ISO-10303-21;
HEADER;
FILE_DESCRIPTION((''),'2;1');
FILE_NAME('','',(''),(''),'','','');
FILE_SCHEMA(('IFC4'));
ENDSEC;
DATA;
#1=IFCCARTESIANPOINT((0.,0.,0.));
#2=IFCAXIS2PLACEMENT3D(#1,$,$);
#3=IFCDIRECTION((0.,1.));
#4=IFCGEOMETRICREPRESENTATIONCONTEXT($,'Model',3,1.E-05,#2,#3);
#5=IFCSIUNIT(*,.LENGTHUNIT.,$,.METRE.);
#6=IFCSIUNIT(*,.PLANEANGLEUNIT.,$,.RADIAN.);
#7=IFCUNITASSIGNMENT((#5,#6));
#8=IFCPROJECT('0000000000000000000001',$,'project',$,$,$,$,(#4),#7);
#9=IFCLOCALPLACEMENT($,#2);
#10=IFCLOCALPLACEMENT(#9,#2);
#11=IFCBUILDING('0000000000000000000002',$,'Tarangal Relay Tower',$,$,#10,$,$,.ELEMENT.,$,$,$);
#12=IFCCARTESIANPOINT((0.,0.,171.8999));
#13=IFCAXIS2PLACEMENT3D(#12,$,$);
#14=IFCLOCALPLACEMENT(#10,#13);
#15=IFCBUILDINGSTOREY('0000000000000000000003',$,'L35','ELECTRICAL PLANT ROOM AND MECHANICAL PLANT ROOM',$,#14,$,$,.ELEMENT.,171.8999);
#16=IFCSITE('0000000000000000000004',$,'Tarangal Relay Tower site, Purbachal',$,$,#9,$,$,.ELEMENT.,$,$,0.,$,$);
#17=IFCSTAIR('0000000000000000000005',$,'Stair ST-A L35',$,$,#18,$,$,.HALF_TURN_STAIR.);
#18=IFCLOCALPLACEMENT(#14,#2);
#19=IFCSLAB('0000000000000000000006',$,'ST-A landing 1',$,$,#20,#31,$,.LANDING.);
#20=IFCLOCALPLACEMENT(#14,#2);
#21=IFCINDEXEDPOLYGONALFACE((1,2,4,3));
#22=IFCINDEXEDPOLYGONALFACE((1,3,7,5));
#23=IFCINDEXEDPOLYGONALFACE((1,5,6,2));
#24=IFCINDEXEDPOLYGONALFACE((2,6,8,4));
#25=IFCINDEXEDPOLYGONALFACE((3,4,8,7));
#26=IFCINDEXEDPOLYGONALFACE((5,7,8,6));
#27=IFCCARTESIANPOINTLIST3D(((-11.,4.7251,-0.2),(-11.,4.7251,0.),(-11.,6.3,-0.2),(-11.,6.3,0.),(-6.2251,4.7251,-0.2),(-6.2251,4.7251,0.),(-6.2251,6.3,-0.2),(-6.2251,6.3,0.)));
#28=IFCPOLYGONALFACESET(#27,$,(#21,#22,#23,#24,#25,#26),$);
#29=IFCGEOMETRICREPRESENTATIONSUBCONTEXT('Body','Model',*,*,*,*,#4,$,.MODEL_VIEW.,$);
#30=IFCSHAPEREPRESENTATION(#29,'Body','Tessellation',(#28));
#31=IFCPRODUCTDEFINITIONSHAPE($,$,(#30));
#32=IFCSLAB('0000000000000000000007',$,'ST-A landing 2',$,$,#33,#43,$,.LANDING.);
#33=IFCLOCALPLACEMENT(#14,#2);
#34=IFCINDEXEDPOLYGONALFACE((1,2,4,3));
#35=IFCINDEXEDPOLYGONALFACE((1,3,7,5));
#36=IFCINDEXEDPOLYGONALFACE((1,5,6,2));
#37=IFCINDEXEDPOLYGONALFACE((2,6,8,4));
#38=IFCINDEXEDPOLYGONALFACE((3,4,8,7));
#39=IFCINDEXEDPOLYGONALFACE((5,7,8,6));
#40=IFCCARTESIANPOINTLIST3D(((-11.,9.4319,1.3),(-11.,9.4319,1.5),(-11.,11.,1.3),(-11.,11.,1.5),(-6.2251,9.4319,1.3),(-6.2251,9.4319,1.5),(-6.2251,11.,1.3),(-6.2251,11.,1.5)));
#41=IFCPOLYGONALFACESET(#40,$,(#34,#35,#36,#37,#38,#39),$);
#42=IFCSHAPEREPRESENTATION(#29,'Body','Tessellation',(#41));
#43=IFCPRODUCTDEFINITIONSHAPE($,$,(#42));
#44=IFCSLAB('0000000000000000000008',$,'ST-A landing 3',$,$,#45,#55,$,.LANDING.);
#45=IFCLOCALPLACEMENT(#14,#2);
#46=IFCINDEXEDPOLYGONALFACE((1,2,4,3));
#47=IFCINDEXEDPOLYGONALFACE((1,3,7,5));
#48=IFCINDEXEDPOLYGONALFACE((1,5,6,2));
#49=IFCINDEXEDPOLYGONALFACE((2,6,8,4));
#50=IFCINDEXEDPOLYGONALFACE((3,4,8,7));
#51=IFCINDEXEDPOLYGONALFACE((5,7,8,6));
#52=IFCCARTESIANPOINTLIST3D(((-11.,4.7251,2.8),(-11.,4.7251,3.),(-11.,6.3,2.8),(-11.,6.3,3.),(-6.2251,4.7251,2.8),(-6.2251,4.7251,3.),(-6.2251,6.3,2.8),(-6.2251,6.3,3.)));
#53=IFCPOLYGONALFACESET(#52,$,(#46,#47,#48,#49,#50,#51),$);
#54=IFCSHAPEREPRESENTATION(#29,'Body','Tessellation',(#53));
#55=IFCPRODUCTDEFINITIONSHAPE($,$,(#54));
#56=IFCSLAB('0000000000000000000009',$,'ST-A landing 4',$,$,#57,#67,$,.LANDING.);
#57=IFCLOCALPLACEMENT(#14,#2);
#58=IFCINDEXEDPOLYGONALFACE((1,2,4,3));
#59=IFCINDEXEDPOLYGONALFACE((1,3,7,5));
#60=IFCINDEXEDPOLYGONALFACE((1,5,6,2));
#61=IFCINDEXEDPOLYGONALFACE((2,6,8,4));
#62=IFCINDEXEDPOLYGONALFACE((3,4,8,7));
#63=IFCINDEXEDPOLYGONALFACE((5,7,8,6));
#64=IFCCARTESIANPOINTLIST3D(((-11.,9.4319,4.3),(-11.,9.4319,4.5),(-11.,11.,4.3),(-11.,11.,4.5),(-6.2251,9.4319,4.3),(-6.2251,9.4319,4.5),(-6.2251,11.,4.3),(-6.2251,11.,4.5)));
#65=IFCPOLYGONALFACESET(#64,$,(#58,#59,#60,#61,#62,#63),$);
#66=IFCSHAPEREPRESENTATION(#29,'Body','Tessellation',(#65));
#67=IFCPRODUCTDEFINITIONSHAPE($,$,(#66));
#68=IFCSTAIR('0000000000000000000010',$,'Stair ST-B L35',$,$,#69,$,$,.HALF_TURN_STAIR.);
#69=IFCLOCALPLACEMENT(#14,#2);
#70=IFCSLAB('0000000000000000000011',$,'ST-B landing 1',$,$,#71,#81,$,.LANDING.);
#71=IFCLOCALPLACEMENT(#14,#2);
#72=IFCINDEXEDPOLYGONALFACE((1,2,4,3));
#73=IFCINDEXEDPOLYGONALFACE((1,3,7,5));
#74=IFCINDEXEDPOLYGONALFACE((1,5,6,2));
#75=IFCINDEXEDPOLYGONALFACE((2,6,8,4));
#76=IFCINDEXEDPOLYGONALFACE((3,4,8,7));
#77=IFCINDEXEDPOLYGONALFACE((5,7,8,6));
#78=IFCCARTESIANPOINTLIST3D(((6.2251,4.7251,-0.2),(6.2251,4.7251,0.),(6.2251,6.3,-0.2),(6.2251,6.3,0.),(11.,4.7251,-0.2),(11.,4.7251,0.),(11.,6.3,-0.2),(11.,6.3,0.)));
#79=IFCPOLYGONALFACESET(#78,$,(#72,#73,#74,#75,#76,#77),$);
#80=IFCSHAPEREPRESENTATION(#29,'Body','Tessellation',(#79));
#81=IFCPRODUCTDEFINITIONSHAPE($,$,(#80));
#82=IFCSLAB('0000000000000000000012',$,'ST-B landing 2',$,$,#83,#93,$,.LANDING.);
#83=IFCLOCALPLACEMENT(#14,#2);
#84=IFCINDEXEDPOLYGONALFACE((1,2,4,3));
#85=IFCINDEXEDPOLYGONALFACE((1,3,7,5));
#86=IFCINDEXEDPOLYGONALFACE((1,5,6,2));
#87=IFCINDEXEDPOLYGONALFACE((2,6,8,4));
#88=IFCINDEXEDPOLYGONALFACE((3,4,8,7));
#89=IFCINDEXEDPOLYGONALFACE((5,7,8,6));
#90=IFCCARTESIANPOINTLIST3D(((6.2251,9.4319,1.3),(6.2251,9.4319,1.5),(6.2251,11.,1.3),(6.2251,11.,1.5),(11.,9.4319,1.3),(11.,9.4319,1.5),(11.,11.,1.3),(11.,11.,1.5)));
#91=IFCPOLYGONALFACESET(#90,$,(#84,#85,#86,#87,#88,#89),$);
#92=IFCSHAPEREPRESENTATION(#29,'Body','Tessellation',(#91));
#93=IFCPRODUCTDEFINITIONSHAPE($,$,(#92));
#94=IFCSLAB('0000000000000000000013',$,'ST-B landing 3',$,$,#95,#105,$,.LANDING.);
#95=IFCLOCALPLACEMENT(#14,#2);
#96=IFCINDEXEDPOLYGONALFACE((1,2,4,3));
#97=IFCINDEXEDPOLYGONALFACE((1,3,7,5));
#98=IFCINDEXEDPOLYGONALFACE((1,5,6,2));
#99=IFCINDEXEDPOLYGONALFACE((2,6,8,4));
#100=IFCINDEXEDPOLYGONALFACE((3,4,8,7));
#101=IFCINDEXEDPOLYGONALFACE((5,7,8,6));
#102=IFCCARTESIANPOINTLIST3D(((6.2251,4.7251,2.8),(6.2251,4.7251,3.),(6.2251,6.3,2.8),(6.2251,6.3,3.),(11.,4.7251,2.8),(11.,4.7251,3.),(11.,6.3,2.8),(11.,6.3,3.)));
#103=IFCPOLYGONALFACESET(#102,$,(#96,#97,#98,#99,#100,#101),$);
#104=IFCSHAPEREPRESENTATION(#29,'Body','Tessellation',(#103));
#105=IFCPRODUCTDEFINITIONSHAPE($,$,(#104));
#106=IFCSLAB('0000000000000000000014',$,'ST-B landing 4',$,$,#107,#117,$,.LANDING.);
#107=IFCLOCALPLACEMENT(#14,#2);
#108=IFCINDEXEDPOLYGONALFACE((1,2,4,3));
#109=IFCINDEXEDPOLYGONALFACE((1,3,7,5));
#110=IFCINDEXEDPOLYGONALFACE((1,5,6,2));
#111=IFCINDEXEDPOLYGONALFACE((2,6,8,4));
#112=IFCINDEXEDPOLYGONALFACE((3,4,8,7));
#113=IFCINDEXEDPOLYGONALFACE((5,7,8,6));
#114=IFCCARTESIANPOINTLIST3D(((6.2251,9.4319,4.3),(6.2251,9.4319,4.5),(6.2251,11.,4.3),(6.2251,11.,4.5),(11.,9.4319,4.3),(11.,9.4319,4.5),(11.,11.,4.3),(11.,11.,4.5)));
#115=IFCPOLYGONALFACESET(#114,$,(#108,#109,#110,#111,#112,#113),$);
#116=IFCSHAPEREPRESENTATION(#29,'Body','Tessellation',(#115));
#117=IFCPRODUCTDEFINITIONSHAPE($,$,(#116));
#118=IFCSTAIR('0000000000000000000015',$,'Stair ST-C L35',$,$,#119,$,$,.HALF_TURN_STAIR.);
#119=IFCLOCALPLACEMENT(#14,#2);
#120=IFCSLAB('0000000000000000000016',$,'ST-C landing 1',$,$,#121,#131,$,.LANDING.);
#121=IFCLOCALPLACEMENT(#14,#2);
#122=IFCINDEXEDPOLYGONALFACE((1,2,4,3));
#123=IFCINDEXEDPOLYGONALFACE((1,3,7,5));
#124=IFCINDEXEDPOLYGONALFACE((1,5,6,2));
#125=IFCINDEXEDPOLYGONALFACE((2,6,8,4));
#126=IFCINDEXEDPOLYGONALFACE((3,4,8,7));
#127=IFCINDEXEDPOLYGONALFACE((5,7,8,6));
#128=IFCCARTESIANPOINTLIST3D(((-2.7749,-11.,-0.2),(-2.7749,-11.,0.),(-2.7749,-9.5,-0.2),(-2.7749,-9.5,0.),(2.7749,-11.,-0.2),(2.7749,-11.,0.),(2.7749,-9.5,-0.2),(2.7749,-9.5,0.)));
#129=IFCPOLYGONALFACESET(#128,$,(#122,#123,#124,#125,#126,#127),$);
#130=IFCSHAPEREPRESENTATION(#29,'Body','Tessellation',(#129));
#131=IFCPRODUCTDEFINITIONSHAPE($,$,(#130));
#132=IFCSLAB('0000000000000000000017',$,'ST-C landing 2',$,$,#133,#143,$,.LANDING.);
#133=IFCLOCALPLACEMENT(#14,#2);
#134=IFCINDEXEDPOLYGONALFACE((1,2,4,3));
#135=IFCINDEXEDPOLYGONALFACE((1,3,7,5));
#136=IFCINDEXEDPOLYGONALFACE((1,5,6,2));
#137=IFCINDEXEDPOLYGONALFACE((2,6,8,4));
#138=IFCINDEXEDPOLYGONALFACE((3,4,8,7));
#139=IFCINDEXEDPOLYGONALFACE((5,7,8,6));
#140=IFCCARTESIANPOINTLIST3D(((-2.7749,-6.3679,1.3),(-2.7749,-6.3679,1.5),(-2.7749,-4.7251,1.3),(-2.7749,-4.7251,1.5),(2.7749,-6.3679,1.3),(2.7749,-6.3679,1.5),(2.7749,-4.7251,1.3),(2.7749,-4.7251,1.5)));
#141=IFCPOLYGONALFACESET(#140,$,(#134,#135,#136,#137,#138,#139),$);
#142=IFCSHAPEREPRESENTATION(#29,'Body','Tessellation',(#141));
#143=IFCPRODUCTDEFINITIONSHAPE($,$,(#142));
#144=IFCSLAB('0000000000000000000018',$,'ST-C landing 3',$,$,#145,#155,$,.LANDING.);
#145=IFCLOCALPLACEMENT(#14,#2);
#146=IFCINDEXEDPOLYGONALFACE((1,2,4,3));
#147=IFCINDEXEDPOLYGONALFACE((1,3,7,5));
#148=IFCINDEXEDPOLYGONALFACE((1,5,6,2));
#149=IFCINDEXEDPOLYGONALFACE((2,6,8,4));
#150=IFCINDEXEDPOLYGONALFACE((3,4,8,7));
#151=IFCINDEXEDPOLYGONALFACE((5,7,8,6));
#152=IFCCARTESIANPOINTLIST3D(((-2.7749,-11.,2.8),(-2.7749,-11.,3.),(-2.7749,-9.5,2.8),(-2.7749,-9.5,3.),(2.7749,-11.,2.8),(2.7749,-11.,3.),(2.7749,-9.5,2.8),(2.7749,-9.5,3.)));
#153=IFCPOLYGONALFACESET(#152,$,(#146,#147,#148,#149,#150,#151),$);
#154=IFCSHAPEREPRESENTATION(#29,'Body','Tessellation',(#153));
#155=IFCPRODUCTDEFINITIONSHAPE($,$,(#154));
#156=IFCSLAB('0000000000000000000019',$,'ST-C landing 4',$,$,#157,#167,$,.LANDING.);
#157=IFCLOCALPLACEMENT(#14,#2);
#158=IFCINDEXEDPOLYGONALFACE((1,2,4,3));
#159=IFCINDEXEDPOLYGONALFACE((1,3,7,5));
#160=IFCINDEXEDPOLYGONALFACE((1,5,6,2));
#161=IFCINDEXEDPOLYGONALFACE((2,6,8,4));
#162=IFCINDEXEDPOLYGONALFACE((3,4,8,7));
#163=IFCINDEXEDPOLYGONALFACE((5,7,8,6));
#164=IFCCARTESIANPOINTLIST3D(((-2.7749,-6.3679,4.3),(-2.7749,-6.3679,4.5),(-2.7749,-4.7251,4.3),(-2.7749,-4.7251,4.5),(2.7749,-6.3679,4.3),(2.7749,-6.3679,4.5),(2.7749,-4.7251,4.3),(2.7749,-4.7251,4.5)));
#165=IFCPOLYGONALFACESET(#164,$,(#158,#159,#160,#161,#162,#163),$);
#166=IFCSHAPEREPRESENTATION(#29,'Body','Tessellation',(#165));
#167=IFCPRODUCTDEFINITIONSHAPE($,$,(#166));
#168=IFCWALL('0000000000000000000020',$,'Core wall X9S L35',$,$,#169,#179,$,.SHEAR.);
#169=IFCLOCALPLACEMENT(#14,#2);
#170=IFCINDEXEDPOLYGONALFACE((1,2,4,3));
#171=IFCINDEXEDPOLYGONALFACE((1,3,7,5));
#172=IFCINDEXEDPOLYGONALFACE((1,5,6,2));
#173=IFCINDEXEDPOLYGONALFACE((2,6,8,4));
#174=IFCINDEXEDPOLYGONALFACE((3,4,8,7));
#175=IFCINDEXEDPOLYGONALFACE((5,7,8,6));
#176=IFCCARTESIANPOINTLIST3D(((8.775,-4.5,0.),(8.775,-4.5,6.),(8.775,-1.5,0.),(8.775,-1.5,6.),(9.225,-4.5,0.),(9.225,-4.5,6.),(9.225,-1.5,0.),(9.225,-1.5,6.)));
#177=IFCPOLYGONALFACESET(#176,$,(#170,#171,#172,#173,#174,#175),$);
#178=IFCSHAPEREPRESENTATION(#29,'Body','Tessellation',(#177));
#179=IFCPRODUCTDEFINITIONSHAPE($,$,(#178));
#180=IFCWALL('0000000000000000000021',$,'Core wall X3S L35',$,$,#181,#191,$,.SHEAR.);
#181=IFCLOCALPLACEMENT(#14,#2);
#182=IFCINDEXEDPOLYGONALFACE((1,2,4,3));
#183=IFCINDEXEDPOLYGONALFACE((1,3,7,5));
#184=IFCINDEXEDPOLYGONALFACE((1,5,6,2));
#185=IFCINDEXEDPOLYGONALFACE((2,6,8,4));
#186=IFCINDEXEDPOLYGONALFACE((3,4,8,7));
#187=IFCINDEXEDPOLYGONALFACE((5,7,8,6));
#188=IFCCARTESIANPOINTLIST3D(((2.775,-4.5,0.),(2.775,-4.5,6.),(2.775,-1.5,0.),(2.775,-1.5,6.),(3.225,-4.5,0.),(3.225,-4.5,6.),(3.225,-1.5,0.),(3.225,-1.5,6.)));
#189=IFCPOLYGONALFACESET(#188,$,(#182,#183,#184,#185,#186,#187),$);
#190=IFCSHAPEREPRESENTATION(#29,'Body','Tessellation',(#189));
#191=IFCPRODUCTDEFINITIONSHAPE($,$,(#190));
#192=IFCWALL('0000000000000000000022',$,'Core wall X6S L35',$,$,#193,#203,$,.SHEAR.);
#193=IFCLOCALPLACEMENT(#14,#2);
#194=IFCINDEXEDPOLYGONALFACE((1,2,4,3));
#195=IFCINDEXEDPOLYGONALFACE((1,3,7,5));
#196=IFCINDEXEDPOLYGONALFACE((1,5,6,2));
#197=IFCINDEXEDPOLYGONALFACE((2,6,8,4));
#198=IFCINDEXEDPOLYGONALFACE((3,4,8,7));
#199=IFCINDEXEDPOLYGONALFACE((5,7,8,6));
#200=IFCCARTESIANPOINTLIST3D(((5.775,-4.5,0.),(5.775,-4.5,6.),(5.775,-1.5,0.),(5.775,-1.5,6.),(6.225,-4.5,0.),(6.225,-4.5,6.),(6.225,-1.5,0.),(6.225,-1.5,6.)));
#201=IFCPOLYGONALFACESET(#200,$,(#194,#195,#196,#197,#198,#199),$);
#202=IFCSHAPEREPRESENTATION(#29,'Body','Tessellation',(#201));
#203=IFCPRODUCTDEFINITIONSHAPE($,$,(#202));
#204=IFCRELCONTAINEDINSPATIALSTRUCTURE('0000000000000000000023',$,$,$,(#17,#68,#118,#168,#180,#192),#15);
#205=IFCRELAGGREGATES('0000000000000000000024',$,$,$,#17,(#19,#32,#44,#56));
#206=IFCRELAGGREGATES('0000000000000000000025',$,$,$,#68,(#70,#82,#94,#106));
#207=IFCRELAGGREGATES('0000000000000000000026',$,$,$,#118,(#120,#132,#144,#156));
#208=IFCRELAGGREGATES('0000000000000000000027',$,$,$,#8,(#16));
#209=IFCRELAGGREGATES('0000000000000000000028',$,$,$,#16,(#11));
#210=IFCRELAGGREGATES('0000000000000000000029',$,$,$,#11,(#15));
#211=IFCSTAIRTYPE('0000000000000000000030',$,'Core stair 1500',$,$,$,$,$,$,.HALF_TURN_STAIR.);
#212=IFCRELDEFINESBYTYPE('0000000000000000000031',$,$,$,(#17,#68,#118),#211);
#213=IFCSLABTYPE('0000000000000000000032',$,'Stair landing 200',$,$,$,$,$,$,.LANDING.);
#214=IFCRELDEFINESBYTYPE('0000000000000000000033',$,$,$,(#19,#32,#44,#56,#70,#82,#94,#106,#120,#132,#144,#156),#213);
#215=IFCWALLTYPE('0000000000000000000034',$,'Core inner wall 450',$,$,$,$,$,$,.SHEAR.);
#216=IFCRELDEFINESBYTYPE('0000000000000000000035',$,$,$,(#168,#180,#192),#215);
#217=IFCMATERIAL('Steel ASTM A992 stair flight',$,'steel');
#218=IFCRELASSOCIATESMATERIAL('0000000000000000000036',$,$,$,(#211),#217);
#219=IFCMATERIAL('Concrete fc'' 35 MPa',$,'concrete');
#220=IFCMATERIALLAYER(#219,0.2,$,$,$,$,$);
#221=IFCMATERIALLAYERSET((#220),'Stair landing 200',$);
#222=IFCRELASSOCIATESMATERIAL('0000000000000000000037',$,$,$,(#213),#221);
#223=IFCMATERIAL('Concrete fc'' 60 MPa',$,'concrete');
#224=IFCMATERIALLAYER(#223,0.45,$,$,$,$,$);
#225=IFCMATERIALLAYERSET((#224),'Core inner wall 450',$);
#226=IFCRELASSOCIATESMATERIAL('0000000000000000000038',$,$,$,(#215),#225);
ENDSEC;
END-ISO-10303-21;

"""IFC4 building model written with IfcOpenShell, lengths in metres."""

from ifc_helpers import new_model, si_unit, direction, frame, frame_2d, origin, place, context, subcontext, project, spatial, polyline, rectangle, outline, extrude, material, layer, layer_set, type_object, element, aggregate, save


model = new_model("IFC4")

# Units and contexts
model_context = context("Model", 3, precision=1e-05, world=origin(), true_north=direction((0.0, 1.0)))
body_context = subcontext(model_context, "Body", "Model", "MODEL_VIEW")
ifc_project = project(units=[si_unit("LENGTHUNIT", "METRE"), si_unit("PLANEANGLEUNIT", "RADIAN")], contexts=[model_context])

# Site, building, storey
site_placement = place(None, origin())
site = spatial("IfcSite", under=ifc_project, at=site_placement, Name="Tarangal Relay Tower site, Purbachal", CompositionType="ELEMENT", RefElevation=0.0)
building_placement = place(site_placement, origin())
building = spatial("IfcBuilding", under=site, at=building_placement, Name="Tarangal Relay Tower", CompositionType="ELEMENT")
storey_placement = place(building_placement, frame((0.0, 0.0, 171.8999)))
storey = spatial("IfcBuildingStorey", under=building, at=storey_placement, Name="L35", Description="ELECTRICAL PLANT ROOM AND MECHANICAL PLANT ROOM", CompositionType="ELEMENT", Elevation=171.8999)

# Stairs, slabs
ifc_material_1 = material(Name="Steel ASTM A992 stair flight", Category="steel")
stair_type = type_object("IfcStairType", Name="Core stair 1500", PredefinedType="HALF_TURN_STAIR", material=ifc_material_1)
stair_1_placement = place(storey_placement, origin())
stair_1 = element("IfcStair", 1, at=stair_1_placement, inside=storey, type_object=stair_type, Name="Stair ST-A L35", PredefinedType="HALF_TURN_STAIR")
ifc_material_2 = material(Name="Concrete fc' 35 MPa", Category="concrete")
ifc_layer_1 = layer(ifc_material_2, 0.2)
ifc_layer_set_1 = layer_set([ifc_layer_1], Name="Stair landing 200")
slab_type = type_object("IfcSlabType", Name="Stair landing 200", PredefinedType="LANDING", material=ifc_layer_set_1)
slab_1_placement = place(storey_placement, frame((0.0, 0.0, -0.2)))
slab_1 = element("IfcSlab", 2, at=slab_1_placement, type_object=slab_type, Name="ST-A landing 1", PredefinedType="LANDING", context=body_context, shape_type="SweptSolid", body=[
    extrude(outline(polyline([(-11.0, 4.7251), (-6.2251, 4.7251), (-6.2251, 6.3), (-11.0, 6.3), (-11.0, 4.7251)])), origin(), (0.0, 0.0, 1.0), 0.2),
])
slab_2_placement = place(storey_placement, frame((0.0, 0.0, 1.3)))
slab_2 = element("IfcSlab", 3, at=slab_2_placement, type_object=slab_type, Name="ST-A landing 2", PredefinedType="LANDING", context=body_context, shape_type="SweptSolid", body=[
    extrude(outline(polyline([(-11.0, 9.4319), (-6.2251, 9.4319), (-6.2251, 11.0), (-11.0, 11.0), (-11.0, 9.4319)])), origin(), (0.0, 0.0, 1.0), 0.2),
])
slab_3_placement = place(storey_placement, frame((0.0, 0.0, 2.8)))
slab_3 = element("IfcSlab", 4, at=slab_3_placement, type_object=slab_type, Name="ST-A landing 3", PredefinedType="LANDING", context=body_context, shape_type="SweptSolid", body=[
    extrude(outline(polyline([(-11.0, 4.7251), (-6.2251, 4.7251), (-6.2251, 6.3), (-11.0, 6.3), (-11.0, 4.7251)])), origin(), (0.0, 0.0, 1.0), 0.2),
])
slab_4_placement = place(storey_placement, frame((0.0, 0.0, 4.3)))
slab_4 = element("IfcSlab", 5, at=slab_4_placement, type_object=slab_type, Name="ST-A landing 4", PredefinedType="LANDING", context=body_context, shape_type="SweptSolid", body=[
    extrude(outline(polyline([(-11.0, 9.4319), (-6.2251, 9.4319), (-6.2251, 11.0), (-11.0, 11.0), (-11.0, 9.4319)])), origin(), (0.0, 0.0, 1.0), 0.2),
])
aggregate(stair_1, [slab_1, slab_2, slab_3, slab_4])
stair_2_placement = place(storey_placement, origin())
stair_2 = element("IfcStair", 6, at=stair_2_placement, inside=storey, type_object=stair_type, Name="Stair ST-B L35", PredefinedType="HALF_TURN_STAIR")
slab_5_placement = place(storey_placement, frame((0.0, 0.0, -0.2)))
slab_5 = element("IfcSlab", 7, at=slab_5_placement, type_object=slab_type, Name="ST-B landing 1", PredefinedType="LANDING", context=body_context, shape_type="SweptSolid", body=[
    extrude(outline(polyline([(6.2251, 4.7251), (11.0, 4.7251), (11.0, 6.3), (6.2251, 6.3), (6.2251, 4.7251)])), origin(), (0.0, 0.0, 1.0), 0.2),
])
slab_6_placement = place(storey_placement, frame((0.0, 0.0, 1.3)))
slab_6 = element("IfcSlab", 8, at=slab_6_placement, type_object=slab_type, Name="ST-B landing 2", PredefinedType="LANDING", context=body_context, shape_type="SweptSolid", body=[
    extrude(outline(polyline([(6.2251, 9.4319), (11.0, 9.4319), (11.0, 11.0), (6.2251, 11.0), (6.2251, 9.4319)])), origin(), (0.0, 0.0, 1.0), 0.2),
])
slab_7_placement = place(storey_placement, frame((0.0, 0.0, 2.8)))
slab_7 = element("IfcSlab", 9, at=slab_7_placement, type_object=slab_type, Name="ST-B landing 3", PredefinedType="LANDING", context=body_context, shape_type="SweptSolid", body=[
    extrude(outline(polyline([(6.2251, 4.7251), (11.0, 4.7251), (11.0, 6.3), (6.2251, 6.3), (6.2251, 4.7251)])), origin(), (0.0, 0.0, 1.0), 0.2),
])
slab_8_placement = place(storey_placement, frame((0.0, 0.0, 4.3)))
slab_8 = element("IfcSlab", 10, at=slab_8_placement, type_object=slab_type, Name="ST-B landing 4", PredefinedType="LANDING", context=body_context, shape_type="SweptSolid", body=[
    extrude(outline(polyline([(6.2251, 9.4319), (11.0, 9.4319), (11.0, 11.0), (6.2251, 11.0), (6.2251, 9.4319)])), origin(), (0.0, 0.0, 1.0), 0.2),
])
aggregate(stair_2, [slab_5, slab_6, slab_7, slab_8])
stair_3_placement = place(storey_placement, origin())
stair_3 = element("IfcStair", 11, at=stair_3_placement, inside=storey, type_object=stair_type, Name="Stair ST-C L35", PredefinedType="HALF_TURN_STAIR")
slab_9_placement = place(storey_placement, frame((0.0, 0.0, -0.2)))
slab_9 = element("IfcSlab", 12, at=slab_9_placement, type_object=slab_type, Name="ST-C landing 1", PredefinedType="LANDING", context=body_context, shape_type="SweptSolid", body=[
    extrude(outline(polyline([(-2.7749, -11.0), (2.7749, -11.0), (2.7749, -9.5), (-2.7749, -9.5), (-2.7749, -11.0)])), origin(), (0.0, 0.0, 1.0), 0.2),
])
slab_10_placement = place(storey_placement, frame((0.0, 0.0, 1.3)))
slab_10 = element("IfcSlab", 13, at=slab_10_placement, type_object=slab_type, Name="ST-C landing 2", PredefinedType="LANDING", context=body_context, shape_type="SweptSolid", body=[
    extrude(outline(polyline([(-2.7749, -6.3679), (2.7749, -6.3679), (2.7749, -4.7251), (-2.7749, -4.7251), (-2.7749, -6.3679)])), origin(), (0.0, 0.0, 1.0), 0.2),
])
slab_11_placement = place(storey_placement, frame((0.0, 0.0, 2.8)))
slab_11 = element("IfcSlab", 14, at=slab_11_placement, type_object=slab_type, Name="ST-C landing 3", PredefinedType="LANDING", context=body_context, shape_type="SweptSolid", body=[
    extrude(outline(polyline([(-2.7749, -11.0), (2.7749, -11.0), (2.7749, -9.5), (-2.7749, -9.5), (-2.7749, -11.0)])), origin(), (0.0, 0.0, 1.0), 0.2),
])
slab_12_placement = place(storey_placement, frame((0.0, 0.0, 4.3)))
slab_12 = element("IfcSlab", 15, at=slab_12_placement, type_object=slab_type, Name="ST-C landing 4", PredefinedType="LANDING", context=body_context, shape_type="SweptSolid", body=[
    extrude(outline(polyline([(-2.7749, -6.3679), (2.7749, -6.3679), (2.7749, -4.7251), (-2.7749, -4.7251), (-2.7749, -6.3679)])), origin(), (0.0, 0.0, 1.0), 0.2),
])

# Walls
ifc_material_3 = material(Name="Concrete fc' 60 MPa", Category="concrete")
ifc_layer_2 = layer(ifc_material_3, 0.45)
ifc_layer_set_2 = layer_set([ifc_layer_2], Name="Core inner wall 450")
wall_type_1 = type_object("IfcWallType", Name="Core inner wall 450", PredefinedType="SHEAR", material=ifc_layer_set_2)
for number, where, z_axis, x_axis, name in (
    (16, (9.0, -4.5, 0.0), (0.0, 0.0, 1.0), (0.0, 1.0, 0.0), "Core wall X9S L35"),
    (17, (3.0, -4.5, 0.0), (0.0, 0.0, 1.0), (0.0, 1.0, 0.0), "Core wall X3S L35"),
    (18, (6.0, -4.5, 0.0), (0.0, 0.0, 1.0), (0.0, 1.0, 0.0), "Core wall X6S L35"),
):
    element("IfcWall", number, at=place(storey_placement, frame(where, z_axis=z_axis, x_axis=x_axis)), inside=storey, type_object=wall_type_1, Name=name, PredefinedType="SHEAR", context=body_context, shape_type="SweptSolid", body=[
        extrude(rectangle(XDim=3.0, YDim=0.45, at=frame_2d((1.5, 0.0))), origin(), (0.0, 0.0, 1.0), 6.0),
    ])

aggregate(stair_3, [slab_9, slab_10, slab_11, slab_12])

save(model, "model.ifc")
